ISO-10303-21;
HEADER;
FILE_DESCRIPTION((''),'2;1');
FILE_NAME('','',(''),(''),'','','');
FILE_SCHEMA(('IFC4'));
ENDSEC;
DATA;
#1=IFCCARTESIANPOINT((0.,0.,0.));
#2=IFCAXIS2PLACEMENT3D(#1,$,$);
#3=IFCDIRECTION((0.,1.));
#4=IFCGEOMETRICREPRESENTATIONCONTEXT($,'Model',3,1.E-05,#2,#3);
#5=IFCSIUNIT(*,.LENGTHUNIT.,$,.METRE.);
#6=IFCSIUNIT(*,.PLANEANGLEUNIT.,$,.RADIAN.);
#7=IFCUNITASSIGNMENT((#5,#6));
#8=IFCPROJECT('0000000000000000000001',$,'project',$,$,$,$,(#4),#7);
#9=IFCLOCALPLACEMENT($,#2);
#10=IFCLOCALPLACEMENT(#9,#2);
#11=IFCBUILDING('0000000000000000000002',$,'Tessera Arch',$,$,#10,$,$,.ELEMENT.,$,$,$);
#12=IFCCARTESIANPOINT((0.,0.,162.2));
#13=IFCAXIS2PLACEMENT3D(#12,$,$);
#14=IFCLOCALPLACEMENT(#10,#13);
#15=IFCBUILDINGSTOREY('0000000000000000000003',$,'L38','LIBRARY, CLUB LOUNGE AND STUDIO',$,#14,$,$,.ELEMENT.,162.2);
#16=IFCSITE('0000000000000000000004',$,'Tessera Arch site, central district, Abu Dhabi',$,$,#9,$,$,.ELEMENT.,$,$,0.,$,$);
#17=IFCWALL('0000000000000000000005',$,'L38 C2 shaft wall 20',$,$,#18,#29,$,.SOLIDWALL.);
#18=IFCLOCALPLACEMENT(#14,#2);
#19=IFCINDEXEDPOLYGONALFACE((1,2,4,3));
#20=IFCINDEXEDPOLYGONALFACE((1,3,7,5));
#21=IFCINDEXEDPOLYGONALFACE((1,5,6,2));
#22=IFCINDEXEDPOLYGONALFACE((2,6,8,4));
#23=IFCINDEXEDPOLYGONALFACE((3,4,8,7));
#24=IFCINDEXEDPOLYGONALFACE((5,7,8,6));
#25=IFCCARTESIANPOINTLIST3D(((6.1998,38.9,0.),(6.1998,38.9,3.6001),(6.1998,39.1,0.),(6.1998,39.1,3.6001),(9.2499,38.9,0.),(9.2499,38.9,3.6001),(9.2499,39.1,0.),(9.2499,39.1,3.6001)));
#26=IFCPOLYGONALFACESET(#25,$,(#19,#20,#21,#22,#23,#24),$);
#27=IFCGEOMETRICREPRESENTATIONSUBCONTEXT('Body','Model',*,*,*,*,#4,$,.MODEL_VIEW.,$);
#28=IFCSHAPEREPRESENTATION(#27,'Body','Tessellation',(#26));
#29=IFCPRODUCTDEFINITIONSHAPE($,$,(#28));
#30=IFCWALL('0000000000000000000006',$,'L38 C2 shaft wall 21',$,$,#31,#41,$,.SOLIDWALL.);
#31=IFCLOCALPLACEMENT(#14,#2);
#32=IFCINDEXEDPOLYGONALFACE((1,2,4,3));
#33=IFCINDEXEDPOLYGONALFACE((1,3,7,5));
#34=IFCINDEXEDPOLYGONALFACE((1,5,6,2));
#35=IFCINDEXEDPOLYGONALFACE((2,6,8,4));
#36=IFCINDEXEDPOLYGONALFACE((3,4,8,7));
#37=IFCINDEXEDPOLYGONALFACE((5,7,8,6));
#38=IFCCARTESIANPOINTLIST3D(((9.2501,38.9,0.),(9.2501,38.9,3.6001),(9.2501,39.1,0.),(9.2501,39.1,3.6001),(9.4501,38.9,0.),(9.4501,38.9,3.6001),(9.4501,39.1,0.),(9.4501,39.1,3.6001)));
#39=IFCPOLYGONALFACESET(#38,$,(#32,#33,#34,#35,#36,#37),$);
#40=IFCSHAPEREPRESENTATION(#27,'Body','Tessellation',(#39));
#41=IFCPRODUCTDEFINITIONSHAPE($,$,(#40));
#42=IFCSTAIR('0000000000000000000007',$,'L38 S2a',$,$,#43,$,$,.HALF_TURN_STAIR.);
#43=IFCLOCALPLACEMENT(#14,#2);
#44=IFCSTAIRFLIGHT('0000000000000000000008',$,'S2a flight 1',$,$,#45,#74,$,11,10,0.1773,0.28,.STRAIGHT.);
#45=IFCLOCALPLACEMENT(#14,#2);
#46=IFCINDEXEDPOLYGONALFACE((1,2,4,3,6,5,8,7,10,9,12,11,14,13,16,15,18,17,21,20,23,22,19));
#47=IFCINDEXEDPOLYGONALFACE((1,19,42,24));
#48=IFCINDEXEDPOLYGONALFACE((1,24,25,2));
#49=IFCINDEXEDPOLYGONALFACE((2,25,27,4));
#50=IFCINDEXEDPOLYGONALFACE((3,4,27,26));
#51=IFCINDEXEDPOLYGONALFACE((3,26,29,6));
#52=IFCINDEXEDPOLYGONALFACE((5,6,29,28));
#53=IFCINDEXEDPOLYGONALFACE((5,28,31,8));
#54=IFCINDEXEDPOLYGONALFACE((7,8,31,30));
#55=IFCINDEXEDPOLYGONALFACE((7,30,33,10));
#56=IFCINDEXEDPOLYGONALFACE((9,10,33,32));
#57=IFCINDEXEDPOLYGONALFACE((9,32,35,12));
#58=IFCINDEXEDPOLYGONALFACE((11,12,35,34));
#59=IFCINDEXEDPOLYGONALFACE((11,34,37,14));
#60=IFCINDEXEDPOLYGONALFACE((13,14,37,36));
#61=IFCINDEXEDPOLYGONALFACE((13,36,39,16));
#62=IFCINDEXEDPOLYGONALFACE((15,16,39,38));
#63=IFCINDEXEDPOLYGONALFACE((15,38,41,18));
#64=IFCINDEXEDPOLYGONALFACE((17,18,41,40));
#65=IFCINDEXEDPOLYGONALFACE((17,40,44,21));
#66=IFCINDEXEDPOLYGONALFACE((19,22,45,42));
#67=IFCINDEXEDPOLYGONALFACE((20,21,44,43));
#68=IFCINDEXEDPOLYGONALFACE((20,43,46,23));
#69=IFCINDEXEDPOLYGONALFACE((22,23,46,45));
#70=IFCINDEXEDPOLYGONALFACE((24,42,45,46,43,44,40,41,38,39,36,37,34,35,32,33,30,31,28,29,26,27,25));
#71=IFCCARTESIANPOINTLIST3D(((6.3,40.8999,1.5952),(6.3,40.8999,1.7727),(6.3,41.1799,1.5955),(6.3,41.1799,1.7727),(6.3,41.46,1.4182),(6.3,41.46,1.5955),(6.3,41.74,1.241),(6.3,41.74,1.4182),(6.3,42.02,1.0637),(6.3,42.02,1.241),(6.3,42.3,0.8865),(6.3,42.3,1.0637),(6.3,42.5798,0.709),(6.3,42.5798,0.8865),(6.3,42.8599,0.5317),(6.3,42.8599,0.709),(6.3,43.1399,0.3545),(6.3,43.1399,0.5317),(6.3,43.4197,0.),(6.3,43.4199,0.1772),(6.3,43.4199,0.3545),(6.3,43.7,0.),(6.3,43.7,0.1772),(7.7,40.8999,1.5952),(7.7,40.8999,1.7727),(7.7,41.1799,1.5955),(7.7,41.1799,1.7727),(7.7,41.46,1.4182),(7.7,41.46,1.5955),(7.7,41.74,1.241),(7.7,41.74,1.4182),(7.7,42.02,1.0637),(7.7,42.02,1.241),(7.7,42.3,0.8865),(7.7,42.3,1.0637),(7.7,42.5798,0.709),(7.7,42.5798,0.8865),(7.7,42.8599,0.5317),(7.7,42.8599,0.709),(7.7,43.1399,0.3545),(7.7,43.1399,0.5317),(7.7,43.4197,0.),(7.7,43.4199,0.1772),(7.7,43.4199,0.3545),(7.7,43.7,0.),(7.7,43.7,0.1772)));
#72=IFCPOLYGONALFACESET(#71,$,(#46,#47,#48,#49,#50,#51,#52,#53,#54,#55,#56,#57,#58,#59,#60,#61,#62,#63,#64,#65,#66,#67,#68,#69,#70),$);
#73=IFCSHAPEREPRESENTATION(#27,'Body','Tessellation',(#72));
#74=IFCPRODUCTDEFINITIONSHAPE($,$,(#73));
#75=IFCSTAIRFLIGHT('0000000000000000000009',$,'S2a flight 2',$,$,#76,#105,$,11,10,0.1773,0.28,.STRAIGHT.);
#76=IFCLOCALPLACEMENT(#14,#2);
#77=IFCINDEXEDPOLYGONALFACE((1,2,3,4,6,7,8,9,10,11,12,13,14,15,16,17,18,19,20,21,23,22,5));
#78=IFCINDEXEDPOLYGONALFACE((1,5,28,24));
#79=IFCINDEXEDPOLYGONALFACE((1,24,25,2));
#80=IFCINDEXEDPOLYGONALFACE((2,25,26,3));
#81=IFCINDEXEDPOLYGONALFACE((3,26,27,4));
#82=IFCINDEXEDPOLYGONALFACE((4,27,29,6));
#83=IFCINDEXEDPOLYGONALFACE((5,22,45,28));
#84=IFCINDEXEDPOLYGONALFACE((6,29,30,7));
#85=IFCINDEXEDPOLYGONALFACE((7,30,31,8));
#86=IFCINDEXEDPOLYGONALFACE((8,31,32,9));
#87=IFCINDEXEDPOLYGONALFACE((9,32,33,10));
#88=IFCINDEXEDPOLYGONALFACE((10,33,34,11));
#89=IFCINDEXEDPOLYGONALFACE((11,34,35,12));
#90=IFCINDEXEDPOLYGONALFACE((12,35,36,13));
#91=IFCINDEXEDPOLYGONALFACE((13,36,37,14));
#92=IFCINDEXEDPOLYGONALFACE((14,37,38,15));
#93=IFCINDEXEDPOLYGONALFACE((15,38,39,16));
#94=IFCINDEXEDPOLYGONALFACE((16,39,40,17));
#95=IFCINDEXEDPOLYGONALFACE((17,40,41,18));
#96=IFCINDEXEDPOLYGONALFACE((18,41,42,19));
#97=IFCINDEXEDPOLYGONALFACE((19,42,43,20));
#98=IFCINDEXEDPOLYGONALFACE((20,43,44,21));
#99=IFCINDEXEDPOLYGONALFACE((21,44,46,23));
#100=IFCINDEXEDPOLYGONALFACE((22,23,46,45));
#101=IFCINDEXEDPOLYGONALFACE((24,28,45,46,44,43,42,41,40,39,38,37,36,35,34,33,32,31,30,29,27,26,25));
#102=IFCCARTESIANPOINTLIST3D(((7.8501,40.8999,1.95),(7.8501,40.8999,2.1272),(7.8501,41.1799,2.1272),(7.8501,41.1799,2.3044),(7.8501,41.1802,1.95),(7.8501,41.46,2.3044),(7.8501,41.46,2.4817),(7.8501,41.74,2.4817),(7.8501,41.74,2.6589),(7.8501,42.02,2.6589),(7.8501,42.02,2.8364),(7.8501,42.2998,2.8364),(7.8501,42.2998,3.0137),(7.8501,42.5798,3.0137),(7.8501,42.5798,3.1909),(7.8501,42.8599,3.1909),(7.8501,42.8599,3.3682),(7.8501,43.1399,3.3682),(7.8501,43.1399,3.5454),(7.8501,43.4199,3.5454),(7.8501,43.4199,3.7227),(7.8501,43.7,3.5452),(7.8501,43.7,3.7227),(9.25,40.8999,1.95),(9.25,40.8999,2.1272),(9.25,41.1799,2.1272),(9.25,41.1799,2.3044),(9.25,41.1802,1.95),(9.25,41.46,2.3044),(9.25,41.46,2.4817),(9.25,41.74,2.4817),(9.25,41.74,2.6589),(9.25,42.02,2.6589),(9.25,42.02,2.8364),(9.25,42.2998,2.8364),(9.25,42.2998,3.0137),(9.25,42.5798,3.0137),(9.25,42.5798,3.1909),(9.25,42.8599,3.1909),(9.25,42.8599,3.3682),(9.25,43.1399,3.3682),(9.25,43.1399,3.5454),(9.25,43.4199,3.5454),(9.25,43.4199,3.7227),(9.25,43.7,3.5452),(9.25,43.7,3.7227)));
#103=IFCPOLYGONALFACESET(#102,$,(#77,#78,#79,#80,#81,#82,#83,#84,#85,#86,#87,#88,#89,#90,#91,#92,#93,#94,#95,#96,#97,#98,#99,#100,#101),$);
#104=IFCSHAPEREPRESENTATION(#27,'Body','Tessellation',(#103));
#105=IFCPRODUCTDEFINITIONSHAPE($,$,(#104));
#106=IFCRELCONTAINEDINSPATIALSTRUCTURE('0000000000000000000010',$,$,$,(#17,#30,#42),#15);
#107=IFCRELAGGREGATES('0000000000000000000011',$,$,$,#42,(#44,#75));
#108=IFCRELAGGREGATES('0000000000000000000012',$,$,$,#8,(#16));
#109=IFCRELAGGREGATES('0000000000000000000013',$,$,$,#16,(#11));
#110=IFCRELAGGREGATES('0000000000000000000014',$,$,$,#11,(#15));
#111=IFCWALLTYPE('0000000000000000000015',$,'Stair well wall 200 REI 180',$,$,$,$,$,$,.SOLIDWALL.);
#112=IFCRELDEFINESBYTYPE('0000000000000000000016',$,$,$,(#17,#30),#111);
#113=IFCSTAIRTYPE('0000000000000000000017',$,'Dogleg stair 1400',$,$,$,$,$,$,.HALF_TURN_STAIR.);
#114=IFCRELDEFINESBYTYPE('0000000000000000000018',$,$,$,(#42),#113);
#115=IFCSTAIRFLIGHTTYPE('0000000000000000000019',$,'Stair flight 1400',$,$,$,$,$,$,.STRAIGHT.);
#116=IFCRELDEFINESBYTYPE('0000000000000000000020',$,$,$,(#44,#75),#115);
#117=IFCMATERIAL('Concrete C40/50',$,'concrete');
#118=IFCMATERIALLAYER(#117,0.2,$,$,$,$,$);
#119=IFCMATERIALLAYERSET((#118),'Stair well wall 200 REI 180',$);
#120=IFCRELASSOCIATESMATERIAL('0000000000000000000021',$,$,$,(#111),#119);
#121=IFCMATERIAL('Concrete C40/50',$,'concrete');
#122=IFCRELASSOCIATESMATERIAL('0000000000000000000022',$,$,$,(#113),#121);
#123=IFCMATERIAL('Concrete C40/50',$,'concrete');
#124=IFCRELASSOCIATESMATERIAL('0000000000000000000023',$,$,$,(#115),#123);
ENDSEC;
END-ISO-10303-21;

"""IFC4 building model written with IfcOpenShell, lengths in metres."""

from ifc_helpers import new_model, si_unit, direction, frame, frame_2d, origin, place, context, subcontext, project, spatial, polyline, rectangle, outline, extrude, material, layer, layer_set, type_object, element, aggregate, save


model = new_model("IFC4")

# Units and contexts
model_context = context("Model", 3, precision=1e-05, world=origin(), true_north=direction((0.0, 1.0)))
body_context = subcontext(model_context, "Body", "Model", "MODEL_VIEW")
ifc_project = project(units=[si_unit("LENGTHUNIT", "METRE"), si_unit("PLANEANGLEUNIT", "RADIAN")], contexts=[model_context])

# Site, building, storey
site_placement = place(None, origin())
site = spatial("IfcSite", under=ifc_project, at=site_placement, Name="Tessera Arch site, central district, Abu Dhabi", CompositionType="ELEMENT", RefElevation=0.0)
building_placement = place(site_placement, origin())
building = spatial("IfcBuilding", under=site, at=building_placement, Name="Tessera Arch", CompositionType="ELEMENT")
storey_placement = place(building_placement, frame((0.0, 0.0, 162.2)))
storey = spatial("IfcBuildingStorey", under=building, at=storey_placement, Name="L38", Description="LIBRARY, CLUB LOUNGE AND STUDIO", CompositionType="ELEMENT", Elevation=162.2)

# Walls
ifc_material_1 = material(Name="Concrete C40/50", Category="concrete")
ifc_layer_1 = layer(ifc_material_1, 0.2)
ifc_layer_set_1 = layer_set([ifc_layer_1], Name="Stair well wall 200 REI 180")
wall_type_1 = type_object("IfcWallType", Name="Stair well wall 200 REI 180", PredefinedType="SOLIDWALL", material=ifc_layer_set_1)
wall_1_placement = place(storey_placement, frame((6.2, 39.0, 0.0), z_axis=(0.0, 0.0, 1.0), x_axis=(1.0, 0.0, 0.0)))
element("IfcWall", 1, at=wall_1_placement, inside=storey, type_object=wall_type_1, Name="L38 C2 shaft wall 20", PredefinedType="SOLIDWALL", context=body_context, shape_type="SweptSolid", body=[
    extrude(rectangle(XDim=3.05, YDim=0.2, at=frame_2d((1.5249, 0.0))), origin(), (0.0, 0.0, 1.0), 3.6001),
])
wall_2_placement = place(storey_placement, frame((9.25, 39.0, 0.0), z_axis=(0.0, 0.0, 1.0), x_axis=(1.0, 0.0, 0.0)))
element("IfcWall", 2, at=wall_2_placement, inside=storey, type_object=wall_type_1, Name="L38 C2 shaft wall 21", PredefinedType="SOLIDWALL", context=body_context, shape_type="SweptSolid", body=[
    extrude(rectangle(XDim=0.2, YDim=0.2, at=frame_2d((0.1001, 0.0))), origin(), (0.0, 0.0, 1.0), 3.6001),
])

# Stair, stair flights
ifc_material_2 = material(Name="Concrete C40/50", Category="concrete")
stair_type = type_object("IfcStairType", Name="Dogleg stair 1400", PredefinedType="HALF_TURN_STAIR", material=ifc_material_2)
stair_placement = place(storey_placement, origin())
stair = element("IfcStair", 3, at=stair_placement, inside=storey, type_object=stair_type, Name="L38 S2a", PredefinedType="HALF_TURN_STAIR")
ifc_material_3 = material(Name="Concrete C40/50", Category="concrete")
stair_flight_type = type_object("IfcStairFlightType", Name="Stair flight 1400", PredefinedType="STRAIGHT", material=ifc_material_3)
stair_flight_1_placement = place(storey_placement, frame((7.0, 43.7, 0.0), z_axis=(0.0, 0.0, 1.0), x_axis=(0.0, -1.0, 0.0)))
stair_flight_1 = element("IfcStairFlight", 4, at=stair_flight_1_placement, type_object=stair_flight_type, Name="S2a flight 1", NumberOfRisers=11, NumberOfTreads=10, PredefinedType="STRAIGHT", RiserHeight=0.1773, TreadLength=0.28, context=body_context, shape_type="SweptSolid", body=[
    extrude(outline(polyline([(0.0, 0.0), (0.0, 0.1772), (0.28, 0.1772), (0.28, 0.3545), (0.5601, 0.3545), (0.5601, 0.5317), (0.8401, 0.5317), (0.8401, 0.709), (1.1201, 0.709), (1.1201, 0.8865), (1.3999, 0.8865), (1.3999, 1.0637), (1.6799, 1.0637), (1.6799, 1.241), (1.96, 1.241), (1.96, 1.4182), (2.24, 1.4182), (2.24, 1.5955), (2.52, 1.5955), (2.52, 1.7727), (2.8, 1.7727), (2.8, 1.95), (2.8, 1.5952), (0.2803, 0.0), (0.0, 0.0)])), frame((0.0, 0.7, 0.0), z_axis=(0.0, -1.0, 0.0), x_axis=(1.0, 0.0, 0.0)), (0.0, 0.0, 1.0), 1.3999),
])
stair_flight_2_placement = place(storey_placement, frame((8.55, 40.8999, 1.95), z_axis=(0.0, 0.0, 1.0), x_axis=(0.0, 1.0, 0.0)))
stair_flight_2 = element("IfcStairFlight", 5, at=stair_flight_2_placement, type_object=stair_flight_type, Name="S2a flight 2", NumberOfRisers=11, NumberOfTreads=10, PredefinedType="STRAIGHT", RiserHeight=0.1773, TreadLength=0.28, context=body_context, shape_type="SweptSolid", body=[
    extrude(outline(polyline([(0.0, 0.0), (0.0, 0.1772), (0.28, 0.1772), (0.28, 0.3545), (0.5601, 0.3545), (0.5601, 0.5317), (0.8401, 0.5317), (0.8401, 0.709), (1.1201, 0.709), (1.1201, 0.8865), (1.3999, 0.8865), (1.3999, 1.0637), (1.6799, 1.0637), (1.6799, 1.241), (1.96, 1.241), (1.96, 1.4182), (2.24, 1.4182), (2.24, 1.5955), (2.52, 1.5955), (2.52, 1.7727), (2.8, 1.7727), (2.8, 1.95), (2.8, 1.5952), (0.2803, 0.0), (0.0, 0.0)])), frame((0.0, 0.7, 0.0), z_axis=(0.0, -1.0, 0.0), x_axis=(1.0, 0.0, 0.0)), (0.0, 0.0, 1.0), 1.3999),
])
aggregate(stair, [stair_flight_1, stair_flight_2])

save(model, "model.ifc")
